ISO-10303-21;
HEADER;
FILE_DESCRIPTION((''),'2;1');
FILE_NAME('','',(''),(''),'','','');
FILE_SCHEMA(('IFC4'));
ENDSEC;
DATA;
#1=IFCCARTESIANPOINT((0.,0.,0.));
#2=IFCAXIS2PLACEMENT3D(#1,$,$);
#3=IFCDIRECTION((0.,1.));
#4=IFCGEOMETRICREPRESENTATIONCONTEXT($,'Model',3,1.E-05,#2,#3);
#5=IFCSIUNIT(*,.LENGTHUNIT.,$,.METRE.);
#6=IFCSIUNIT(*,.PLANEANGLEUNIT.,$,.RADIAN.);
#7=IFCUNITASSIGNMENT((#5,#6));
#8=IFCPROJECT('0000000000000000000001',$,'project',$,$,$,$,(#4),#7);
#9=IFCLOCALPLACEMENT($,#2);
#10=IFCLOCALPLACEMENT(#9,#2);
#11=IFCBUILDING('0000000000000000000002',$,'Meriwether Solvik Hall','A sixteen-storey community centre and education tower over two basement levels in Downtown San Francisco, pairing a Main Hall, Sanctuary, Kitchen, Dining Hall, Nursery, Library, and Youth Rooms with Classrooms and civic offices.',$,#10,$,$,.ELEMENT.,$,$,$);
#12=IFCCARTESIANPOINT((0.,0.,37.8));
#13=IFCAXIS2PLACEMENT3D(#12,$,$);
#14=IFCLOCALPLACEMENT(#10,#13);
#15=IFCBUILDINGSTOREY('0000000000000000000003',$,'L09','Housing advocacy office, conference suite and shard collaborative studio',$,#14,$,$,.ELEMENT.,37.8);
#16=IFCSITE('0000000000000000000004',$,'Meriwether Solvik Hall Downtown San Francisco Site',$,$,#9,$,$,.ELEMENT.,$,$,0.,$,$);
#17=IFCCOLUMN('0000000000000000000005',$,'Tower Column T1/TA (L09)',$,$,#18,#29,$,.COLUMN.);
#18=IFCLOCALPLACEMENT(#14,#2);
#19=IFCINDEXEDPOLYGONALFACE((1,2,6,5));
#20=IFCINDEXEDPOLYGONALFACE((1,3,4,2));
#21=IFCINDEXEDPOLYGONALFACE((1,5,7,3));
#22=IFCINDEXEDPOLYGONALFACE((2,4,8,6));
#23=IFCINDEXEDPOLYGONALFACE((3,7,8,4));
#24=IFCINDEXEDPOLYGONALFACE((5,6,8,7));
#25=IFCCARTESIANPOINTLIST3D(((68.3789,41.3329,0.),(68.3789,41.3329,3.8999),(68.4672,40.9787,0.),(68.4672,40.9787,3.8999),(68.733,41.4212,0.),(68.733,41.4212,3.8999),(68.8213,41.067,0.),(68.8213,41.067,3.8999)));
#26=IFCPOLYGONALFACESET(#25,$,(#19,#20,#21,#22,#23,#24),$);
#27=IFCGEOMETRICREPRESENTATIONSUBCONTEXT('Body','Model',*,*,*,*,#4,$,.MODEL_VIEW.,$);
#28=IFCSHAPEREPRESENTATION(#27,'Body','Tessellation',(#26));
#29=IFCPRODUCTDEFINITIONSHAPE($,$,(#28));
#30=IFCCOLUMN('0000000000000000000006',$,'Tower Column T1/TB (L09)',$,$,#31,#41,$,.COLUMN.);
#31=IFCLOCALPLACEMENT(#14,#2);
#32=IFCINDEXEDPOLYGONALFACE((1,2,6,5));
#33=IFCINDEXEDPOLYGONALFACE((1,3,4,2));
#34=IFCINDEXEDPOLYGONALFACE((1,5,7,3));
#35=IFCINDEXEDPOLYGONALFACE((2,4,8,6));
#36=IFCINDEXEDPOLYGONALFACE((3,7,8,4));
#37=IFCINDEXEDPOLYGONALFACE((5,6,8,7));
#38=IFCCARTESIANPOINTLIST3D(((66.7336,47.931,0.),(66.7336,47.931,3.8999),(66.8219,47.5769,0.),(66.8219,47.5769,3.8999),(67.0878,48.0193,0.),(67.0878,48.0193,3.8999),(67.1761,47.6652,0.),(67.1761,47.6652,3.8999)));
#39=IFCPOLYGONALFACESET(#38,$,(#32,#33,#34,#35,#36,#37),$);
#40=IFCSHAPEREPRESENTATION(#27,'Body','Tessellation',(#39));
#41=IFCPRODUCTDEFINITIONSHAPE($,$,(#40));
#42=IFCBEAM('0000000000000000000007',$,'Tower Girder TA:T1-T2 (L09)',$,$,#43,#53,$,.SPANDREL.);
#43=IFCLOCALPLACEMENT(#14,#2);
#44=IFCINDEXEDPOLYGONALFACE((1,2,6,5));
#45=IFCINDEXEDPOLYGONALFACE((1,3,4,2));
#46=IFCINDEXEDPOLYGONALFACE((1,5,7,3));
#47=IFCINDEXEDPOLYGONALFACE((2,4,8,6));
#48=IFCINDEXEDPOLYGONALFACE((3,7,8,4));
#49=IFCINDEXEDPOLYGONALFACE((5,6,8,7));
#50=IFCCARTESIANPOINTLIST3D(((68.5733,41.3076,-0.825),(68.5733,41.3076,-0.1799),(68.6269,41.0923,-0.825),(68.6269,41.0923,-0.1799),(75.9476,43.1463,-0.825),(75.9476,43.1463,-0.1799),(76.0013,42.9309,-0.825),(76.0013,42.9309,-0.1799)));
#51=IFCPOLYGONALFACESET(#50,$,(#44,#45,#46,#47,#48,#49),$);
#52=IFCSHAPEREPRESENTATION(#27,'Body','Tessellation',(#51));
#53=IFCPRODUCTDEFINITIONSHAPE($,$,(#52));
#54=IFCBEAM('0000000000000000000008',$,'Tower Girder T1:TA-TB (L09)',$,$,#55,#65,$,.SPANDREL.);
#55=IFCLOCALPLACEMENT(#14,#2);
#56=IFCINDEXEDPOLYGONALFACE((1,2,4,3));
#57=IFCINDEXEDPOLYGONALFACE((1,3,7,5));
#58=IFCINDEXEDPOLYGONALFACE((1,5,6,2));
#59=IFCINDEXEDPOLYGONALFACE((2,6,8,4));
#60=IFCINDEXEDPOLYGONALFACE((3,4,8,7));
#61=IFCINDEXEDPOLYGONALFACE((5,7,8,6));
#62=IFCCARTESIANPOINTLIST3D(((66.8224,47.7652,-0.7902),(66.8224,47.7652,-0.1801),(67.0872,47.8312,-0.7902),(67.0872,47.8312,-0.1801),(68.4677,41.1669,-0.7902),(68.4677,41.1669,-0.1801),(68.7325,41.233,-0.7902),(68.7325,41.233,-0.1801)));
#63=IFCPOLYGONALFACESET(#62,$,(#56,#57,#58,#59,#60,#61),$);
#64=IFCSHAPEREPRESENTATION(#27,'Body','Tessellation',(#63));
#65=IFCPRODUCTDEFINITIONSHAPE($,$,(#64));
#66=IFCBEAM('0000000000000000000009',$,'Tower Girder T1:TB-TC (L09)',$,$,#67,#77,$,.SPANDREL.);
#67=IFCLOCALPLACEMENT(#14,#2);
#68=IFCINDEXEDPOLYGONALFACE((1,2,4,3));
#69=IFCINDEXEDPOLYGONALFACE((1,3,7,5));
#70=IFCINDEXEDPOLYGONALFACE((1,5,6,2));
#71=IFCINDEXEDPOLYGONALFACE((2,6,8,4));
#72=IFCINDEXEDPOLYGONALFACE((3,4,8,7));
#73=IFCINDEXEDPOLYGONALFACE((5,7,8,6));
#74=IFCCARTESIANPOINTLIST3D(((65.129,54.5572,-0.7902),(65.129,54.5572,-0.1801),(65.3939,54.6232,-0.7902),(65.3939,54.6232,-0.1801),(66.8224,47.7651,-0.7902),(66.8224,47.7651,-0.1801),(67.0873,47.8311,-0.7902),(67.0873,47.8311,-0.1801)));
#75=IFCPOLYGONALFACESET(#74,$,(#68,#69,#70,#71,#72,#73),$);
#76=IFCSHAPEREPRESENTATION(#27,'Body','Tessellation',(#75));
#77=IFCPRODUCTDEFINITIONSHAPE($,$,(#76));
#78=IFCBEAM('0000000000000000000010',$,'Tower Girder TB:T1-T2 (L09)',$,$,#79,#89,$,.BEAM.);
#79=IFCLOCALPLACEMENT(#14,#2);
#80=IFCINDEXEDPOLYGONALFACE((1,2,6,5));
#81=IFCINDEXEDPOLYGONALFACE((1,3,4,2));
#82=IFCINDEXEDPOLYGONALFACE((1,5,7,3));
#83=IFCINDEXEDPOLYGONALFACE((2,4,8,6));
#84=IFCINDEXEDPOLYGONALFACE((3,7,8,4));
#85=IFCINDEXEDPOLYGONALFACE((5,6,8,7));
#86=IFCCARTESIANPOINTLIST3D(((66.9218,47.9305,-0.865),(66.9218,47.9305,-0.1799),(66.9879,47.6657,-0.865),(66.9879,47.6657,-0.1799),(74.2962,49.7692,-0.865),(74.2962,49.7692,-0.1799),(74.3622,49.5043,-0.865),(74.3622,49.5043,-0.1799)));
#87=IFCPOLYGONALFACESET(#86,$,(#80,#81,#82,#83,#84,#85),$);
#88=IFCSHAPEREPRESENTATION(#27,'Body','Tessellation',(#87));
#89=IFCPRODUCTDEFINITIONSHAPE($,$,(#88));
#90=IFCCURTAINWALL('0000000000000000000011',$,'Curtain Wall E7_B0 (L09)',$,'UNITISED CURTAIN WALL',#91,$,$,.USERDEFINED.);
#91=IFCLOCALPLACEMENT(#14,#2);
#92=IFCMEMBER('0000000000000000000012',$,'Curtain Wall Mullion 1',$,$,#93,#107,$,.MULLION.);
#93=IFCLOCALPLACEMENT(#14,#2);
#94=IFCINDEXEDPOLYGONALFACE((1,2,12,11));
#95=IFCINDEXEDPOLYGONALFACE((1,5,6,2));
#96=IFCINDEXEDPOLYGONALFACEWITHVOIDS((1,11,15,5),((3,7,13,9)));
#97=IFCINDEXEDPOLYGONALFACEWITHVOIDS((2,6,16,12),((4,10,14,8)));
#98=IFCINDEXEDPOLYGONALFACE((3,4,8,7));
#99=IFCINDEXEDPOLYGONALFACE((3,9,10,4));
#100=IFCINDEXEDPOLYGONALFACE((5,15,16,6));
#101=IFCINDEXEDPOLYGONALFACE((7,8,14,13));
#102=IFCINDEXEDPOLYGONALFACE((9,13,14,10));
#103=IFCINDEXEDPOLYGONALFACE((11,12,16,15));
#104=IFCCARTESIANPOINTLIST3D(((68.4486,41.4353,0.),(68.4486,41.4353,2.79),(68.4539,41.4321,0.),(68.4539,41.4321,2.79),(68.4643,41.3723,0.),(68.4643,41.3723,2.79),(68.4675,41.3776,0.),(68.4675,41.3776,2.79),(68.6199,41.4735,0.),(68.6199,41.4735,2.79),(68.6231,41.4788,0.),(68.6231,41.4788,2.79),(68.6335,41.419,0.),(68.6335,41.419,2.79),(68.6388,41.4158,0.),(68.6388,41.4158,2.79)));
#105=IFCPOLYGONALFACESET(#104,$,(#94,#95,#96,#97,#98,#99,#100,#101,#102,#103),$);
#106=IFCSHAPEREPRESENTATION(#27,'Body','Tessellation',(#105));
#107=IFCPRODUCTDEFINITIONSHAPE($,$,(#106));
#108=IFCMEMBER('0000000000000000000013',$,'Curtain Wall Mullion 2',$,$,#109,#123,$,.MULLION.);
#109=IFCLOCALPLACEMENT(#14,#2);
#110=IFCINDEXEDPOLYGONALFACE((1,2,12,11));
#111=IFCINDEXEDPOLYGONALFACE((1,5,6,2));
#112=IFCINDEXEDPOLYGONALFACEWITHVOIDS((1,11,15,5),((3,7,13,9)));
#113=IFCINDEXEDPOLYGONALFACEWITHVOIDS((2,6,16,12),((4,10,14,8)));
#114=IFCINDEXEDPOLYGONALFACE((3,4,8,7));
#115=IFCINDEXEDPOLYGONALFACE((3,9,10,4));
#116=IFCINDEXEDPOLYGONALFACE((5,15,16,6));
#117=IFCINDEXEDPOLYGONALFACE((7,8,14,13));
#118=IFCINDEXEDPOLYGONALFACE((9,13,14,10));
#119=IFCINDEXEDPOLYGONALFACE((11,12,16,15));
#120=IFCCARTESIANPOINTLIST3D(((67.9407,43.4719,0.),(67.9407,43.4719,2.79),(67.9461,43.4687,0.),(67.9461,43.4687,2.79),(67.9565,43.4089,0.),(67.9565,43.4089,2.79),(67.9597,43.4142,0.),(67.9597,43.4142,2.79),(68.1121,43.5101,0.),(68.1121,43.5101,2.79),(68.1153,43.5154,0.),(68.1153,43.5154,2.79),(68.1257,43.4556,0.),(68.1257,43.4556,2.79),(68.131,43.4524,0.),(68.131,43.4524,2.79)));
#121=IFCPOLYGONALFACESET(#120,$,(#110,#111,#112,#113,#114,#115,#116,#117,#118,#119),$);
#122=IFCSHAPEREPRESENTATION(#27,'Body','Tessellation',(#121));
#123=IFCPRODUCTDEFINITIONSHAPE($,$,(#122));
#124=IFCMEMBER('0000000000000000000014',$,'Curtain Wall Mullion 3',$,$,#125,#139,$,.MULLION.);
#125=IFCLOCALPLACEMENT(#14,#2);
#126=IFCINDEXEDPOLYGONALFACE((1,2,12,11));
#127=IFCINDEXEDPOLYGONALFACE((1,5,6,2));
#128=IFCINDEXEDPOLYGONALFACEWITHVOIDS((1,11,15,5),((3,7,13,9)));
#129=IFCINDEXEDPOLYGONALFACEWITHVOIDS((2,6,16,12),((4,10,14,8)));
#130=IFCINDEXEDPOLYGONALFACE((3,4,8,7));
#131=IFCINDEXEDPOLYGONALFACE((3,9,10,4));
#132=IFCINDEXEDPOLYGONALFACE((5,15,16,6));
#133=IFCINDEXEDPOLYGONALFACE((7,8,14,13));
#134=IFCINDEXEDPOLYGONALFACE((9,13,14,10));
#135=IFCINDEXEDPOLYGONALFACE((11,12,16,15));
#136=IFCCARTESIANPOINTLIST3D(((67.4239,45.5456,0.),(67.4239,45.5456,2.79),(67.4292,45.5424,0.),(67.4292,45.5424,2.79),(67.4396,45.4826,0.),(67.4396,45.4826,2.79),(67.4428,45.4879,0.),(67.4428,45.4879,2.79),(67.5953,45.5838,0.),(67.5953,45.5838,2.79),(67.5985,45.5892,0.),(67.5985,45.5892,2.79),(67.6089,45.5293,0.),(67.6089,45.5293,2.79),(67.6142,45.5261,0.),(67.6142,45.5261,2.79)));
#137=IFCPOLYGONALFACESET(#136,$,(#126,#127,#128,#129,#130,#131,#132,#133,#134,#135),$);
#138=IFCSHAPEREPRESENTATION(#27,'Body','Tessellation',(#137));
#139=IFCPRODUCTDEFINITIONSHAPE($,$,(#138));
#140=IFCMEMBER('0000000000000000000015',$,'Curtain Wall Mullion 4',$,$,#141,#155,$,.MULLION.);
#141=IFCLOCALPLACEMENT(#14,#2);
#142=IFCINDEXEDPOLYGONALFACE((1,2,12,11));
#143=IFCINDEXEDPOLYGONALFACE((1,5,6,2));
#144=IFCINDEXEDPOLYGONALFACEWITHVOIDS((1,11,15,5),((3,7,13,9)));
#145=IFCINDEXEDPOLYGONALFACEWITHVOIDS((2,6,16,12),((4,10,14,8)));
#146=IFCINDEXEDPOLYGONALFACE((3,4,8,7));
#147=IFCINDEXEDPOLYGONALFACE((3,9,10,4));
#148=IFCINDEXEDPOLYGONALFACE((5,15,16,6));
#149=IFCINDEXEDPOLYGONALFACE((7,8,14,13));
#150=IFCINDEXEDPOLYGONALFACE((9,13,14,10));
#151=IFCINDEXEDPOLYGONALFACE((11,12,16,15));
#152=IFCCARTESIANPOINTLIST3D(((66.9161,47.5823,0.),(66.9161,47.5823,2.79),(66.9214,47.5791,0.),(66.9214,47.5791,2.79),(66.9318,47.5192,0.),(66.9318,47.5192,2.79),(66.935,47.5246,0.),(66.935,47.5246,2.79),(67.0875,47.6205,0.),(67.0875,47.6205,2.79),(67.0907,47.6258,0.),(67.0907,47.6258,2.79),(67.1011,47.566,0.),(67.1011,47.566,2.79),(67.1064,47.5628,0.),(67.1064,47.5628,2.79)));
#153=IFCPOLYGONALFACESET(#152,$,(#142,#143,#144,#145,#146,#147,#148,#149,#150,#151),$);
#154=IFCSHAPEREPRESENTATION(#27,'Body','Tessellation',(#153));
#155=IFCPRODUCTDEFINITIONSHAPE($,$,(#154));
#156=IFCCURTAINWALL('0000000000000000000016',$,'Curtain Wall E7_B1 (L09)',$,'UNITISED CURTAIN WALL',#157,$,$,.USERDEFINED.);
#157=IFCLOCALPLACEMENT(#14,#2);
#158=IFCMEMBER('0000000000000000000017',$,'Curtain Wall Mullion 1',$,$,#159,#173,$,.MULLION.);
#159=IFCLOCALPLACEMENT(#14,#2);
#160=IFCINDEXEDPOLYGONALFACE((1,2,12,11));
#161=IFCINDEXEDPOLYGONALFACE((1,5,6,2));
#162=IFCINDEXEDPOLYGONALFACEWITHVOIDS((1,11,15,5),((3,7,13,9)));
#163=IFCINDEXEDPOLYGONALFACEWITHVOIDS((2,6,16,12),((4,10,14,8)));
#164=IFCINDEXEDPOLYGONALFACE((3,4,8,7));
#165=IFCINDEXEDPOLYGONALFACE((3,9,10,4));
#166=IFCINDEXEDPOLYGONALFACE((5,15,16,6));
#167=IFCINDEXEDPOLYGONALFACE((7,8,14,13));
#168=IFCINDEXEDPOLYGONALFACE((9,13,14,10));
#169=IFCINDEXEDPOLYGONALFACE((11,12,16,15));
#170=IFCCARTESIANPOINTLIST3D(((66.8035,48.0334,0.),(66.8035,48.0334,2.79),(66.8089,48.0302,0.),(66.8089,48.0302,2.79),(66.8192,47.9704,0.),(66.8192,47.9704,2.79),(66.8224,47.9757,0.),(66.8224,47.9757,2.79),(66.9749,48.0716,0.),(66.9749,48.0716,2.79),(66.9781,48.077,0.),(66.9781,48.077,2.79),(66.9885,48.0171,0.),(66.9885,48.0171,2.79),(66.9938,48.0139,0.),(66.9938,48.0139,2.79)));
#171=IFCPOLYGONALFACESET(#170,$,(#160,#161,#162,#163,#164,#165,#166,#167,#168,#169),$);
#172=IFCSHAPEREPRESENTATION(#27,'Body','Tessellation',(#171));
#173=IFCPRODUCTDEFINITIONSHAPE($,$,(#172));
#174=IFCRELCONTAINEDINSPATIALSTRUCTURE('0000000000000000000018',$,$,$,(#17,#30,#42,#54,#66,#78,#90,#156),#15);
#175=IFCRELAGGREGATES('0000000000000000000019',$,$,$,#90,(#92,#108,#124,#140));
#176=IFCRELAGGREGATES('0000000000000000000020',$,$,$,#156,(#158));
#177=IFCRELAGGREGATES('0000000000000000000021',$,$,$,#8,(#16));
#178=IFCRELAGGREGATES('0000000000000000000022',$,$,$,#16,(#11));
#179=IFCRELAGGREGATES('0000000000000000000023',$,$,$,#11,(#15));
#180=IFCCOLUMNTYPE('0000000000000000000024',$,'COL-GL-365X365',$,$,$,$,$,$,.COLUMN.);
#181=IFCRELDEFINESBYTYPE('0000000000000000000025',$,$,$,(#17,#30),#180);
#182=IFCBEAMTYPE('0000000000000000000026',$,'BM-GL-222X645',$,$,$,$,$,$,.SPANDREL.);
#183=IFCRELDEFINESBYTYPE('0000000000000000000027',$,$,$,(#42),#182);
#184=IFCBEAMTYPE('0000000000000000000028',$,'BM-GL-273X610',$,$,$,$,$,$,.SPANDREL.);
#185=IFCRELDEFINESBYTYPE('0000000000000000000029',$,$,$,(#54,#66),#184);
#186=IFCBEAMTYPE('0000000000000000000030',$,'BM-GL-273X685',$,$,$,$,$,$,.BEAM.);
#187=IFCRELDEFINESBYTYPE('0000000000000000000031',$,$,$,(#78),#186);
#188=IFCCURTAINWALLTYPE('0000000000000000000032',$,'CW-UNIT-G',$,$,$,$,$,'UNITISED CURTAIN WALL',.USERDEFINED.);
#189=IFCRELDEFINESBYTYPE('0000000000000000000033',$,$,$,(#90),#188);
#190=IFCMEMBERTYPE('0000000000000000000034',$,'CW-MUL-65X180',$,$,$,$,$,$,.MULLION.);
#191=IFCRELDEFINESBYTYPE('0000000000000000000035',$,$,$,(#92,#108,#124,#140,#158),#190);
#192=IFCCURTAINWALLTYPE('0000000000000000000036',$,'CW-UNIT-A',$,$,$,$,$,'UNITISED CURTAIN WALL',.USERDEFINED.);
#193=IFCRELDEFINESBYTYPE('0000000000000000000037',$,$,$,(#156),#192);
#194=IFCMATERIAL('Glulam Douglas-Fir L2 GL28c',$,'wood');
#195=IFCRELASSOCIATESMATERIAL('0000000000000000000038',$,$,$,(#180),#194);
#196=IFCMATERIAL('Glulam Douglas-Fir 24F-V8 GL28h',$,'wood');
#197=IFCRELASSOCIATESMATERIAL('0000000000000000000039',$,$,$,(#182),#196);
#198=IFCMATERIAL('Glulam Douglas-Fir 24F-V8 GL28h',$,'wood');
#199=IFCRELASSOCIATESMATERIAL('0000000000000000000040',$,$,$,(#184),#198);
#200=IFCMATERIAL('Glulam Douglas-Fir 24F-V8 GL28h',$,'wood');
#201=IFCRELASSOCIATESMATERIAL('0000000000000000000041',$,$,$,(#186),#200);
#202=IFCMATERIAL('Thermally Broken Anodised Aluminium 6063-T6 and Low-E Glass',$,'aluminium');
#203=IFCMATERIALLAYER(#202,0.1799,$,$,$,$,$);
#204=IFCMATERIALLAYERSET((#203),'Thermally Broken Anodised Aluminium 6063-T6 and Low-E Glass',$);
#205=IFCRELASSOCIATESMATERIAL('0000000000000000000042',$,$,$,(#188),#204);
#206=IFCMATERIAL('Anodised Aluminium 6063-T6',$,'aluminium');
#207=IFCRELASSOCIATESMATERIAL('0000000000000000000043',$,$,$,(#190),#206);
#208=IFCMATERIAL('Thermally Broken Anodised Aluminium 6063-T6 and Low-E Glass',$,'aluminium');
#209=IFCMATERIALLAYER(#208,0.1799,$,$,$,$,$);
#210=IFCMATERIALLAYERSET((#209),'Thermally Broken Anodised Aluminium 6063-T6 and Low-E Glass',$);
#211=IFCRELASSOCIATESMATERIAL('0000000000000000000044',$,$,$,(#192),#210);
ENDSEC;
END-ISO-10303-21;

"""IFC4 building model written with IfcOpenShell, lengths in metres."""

from ifc_helpers import new_model, si_unit, direction, frame, origin, origin_2d, place, context, subcontext, project, spatial, rectangle, hollow_rectangle, extrude, material, layer, layer_set, material_profile, profile_set, type_object, element, aggregate, save


model = new_model("IFC4")

# Units and contexts
model_context = context("Model", 3, precision=1e-05, world=origin(), true_north=direction((0.0, 1.0)))
body_context = subcontext(model_context, "Body", "Model", "MODEL_VIEW")
ifc_project = project(units=[si_unit("LENGTHUNIT", "METRE"), si_unit("PLANEANGLEUNIT", "RADIAN")], contexts=[model_context])

# Site, building, storey
site_placement = place(None, origin())
site = spatial("IfcSite", under=ifc_project, at=site_placement, Name="Meriwether Solvik Hall Downtown San Francisco Site", CompositionType="ELEMENT", RefElevation=0.0)
building_placement = place(site_placement, origin())
building = spatial("IfcBuilding", under=site, at=building_placement, Name="Meriwether Solvik Hall", Description="A sixteen-storey community centre and education tower over two basement levels in Downtown San Francisco, pairing a Main Hall, Sanctuary, Kitchen, Dining Hall, Nursery, Library, and Youth Rooms with Classrooms and civic offices.", CompositionType="ELEMENT")
storey_placement = place(building_placement, frame((0.0, 0.0, 37.8)))
storey = spatial("IfcBuildingStorey", under=building, at=storey_placement, Name="L09", Description="Housing advocacy office, conference suite and shard collaborative studio", CompositionType="ELEMENT", Elevation=37.8)

# Columns
ifc_material_1 = material(Name="Glulam Douglas-Fir L2 GL28c", Category="wood")
ifc_material_profile_1 = material_profile(ifc_material_1, rectangle(XDim=0.365, YDim=0.365, at=origin_2d()), Name="GLC-365X365")
ifc_profile_set_1 = profile_set([ifc_material_profile_1], Name="Glulam Douglas-Fir L2 GL28c")
column_type = type_object("IfcColumnType", Name="COL-GL-365X365", PredefinedType="COLUMN", material=ifc_profile_set_1)
for number, where, z_axis, x_axis, name in (
    (1, (68.6001, 41.2, 0.0), (0.0, 0.0, 1.0), (0.970296, 0.241922, 0.0), "Tower Column T1/TA (L09)"),
    (2, (66.9548, 47.7981, 0.0), (0.0, 0.0, 1.0), (0.970296, 0.241922, 0.0), "Tower Column T1/TB (L09)"),
):
    element("IfcColumn", number, at=place(storey_placement, frame(where, z_axis=z_axis, x_axis=x_axis)), inside=storey, type_object=column_type, Name=name, PredefinedType="COLUMN", context=body_context, shape_type="SweptSolid", body=[
        extrude(rectangle(XDim=0.365, YDim=0.365, at=origin_2d()), origin(), (0.0, 0.0, 1.0), 3.8999),
    ])

# Beams
ifc_material_2 = material(Name="Glulam Douglas-Fir 24F-V8 GL28h", Category="wood")
ifc_material_profile_2 = material_profile(ifc_material_2, rectangle(XDim=0.2219, YDim=0.645, at=origin_2d()), Name="GLB-222X645")
ifc_profile_set_2 = profile_set([ifc_material_profile_2], Name="Glulam Douglas-Fir 24F-V8 GL28h")
beam_type_1 = type_object("IfcBeamType", Name="BM-GL-222X645", PredefinedType="SPANDREL", material=ifc_profile_set_2)
beam_1_placement = place(storey_placement, frame((68.6001, 41.2, -0.5024), z_axis=(0.970295, 0.241923, 0.0), x_axis=(-0.241923, 0.970295, 0.0)))
element("IfcBeam", 3, at=beam_1_placement, inside=storey, type_object=beam_type_1, Name="Tower Girder TA:T1-T2 (L09)", PredefinedType="SPANDREL", context=body_context, shape_type="SweptSolid", body=[
    extrude(rectangle(XDim=0.2219, YDim=0.645, at=origin_2d()), origin(), (0.0, 0.0, 1.0), 7.6001),
])
ifc_material_3 = material(Name="Glulam Douglas-Fir 24F-V8 GL28h", Category="wood")
ifc_material_profile_3 = material_profile(ifc_material_3, rectangle(XDim=0.2729, YDim=0.6101, at=origin_2d()), Name="GLB-273X610")
ifc_profile_set_3 = profile_set([ifc_material_profile_3], Name="Glulam Douglas-Fir 24F-V8 GL28h")
beam_type_2 = type_object("IfcBeamType", Name="BM-GL-273X610", PredefinedType="SPANDREL", material=ifc_profile_set_3)
beam_2_placement = place(storey_placement, frame((68.6001, 41.2, -0.4851), z_axis=(-0.241944, 0.97029, 0.0), x_axis=(-0.97029, -0.241944, 0.0)))
element("IfcBeam", 4, at=beam_2_placement, inside=storey, type_object=beam_type_2, Name="Tower Girder T1:TA-TB (L09)", PredefinedType="SPANDREL", context=body_context, shape_type="SweptSolid", body=[
    extrude(rectangle(XDim=0.2729, YDim=0.6101, at=origin_2d()), origin(), (0.0, 0.0, 1.0), 6.8003),
])
beam_3_placement = place(storey_placement, frame((66.9548, 47.7981, -0.4851), z_axis=(-0.241912, 0.970298, 0.0), x_axis=(-0.970298, -0.241912, 0.0)))
element("IfcBeam", 5, at=beam_3_placement, inside=storey, type_object=beam_type_2, Name="Tower Girder T1:TB-TC (L09)", PredefinedType="SPANDREL", context=body_context, shape_type="SweptSolid", body=[
    extrude(rectangle(XDim=0.2729, YDim=0.6101, at=origin_2d()), origin(), (0.0, 0.0, 1.0), 7.0),
])
ifc_material_4 = material(Name="Glulam Douglas-Fir 24F-V8 GL28h", Category="wood")
ifc_material_profile_4 = material_profile(ifc_material_4, rectangle(XDim=0.2729, YDim=0.6851, at=origin_2d()), Name="GLB-273X685")
ifc_profile_set_4 = profile_set([ifc_material_profile_4], Name="Glulam Douglas-Fir 24F-V8 GL28h")
beam_type_3 = type_object("IfcBeamType", Name="BM-GL-273X685", PredefinedType="BEAM", material=ifc_profile_set_4)
beam_4_placement = place(storey_placement, frame((66.9548, 47.7981, -0.5225), z_axis=(0.970295, 0.241923, 0.0), x_axis=(-0.241923, 0.970295, 0.0)))
element("IfcBeam", 6, at=beam_4_placement, inside=storey, type_object=beam_type_3, Name="Tower Girder TB:T1-T2 (L09)", PredefinedType="BEAM", context=body_context, shape_type="SweptSolid", body=[
    extrude(rectangle(XDim=0.2729, YDim=0.6851, at=origin_2d()), origin(), (0.0, 0.0, 1.0), 7.6001),
])

# Curtain wall, members
ifc_material_5 = material(Name="Thermally Broken Anodised Aluminium 6063-T6 and Low-E Glass", Category="aluminium")
ifc_layer_1 = layer(ifc_material_5, 0.1799)
ifc_layer_set_1 = layer_set([ifc_layer_1], Name="Thermally Broken Anodised Aluminium 6063-T6 and Low-E Glass")
curtain_wall_type_1 = type_object("IfcCurtainWallType", Name="CW-UNIT-G", ElementType="UNITISED CURTAIN WALL", PredefinedType="USERDEFINED", material=ifc_layer_set_1)
curtain_wall_1_placement = place(storey_placement, origin())
curtain_wall_1 = element("IfcCurtainWall", 7, at=curtain_wall_1_placement, inside=storey, type_object=curtain_wall_type_1, Name="Curtain Wall E7_B0 (L09)", ObjectType="UNITISED CURTAIN WALL", PredefinedType="USERDEFINED")
ifc_material_6 = material(Name="Anodised Aluminium 6063-T6", Category="aluminium")
ifc_material_profile_5 = material_profile(ifc_material_6, hollow_rectangle(XDim=0.0649, YDim=0.1799, WallThickness=0.0044, at=origin_2d()), Name="CWM-65X180")
ifc_profile_set_5 = profile_set([ifc_material_profile_5], Name="Anodised Aluminium 6063-T6")
member_type_1 = type_object("IfcMemberType", Name="CW-MUL-65X180", PredefinedType="MULLION", material=ifc_profile_set_5)
member_1_placement = place(storey_placement, frame((68.5437, 41.4255, 0.0), z_axis=(0.0, 0.0, 1.0), x_axis=(-0.241922, 0.970296, 0.0)))
member_1 = element("IfcMember", 8, at=member_1_placement, type_object=member_type_1, Name="Curtain Wall Mullion 1", PredefinedType="MULLION", context=body_context, shape_type="SweptSolid", body=[
    extrude(hollow_rectangle(XDim=0.0649, YDim=0.1799, WallThickness=0.0044, at=origin_2d()), origin(), (0.0, 0.0, 1.0), 2.79),
])
member_2_placement = place(storey_placement, frame((68.0359, 43.4622, 0.0), z_axis=(0.0, 0.0, 1.0), x_axis=(-0.241922, 0.970296, 0.0)))
member_2 = element("IfcMember", 9, at=member_2_placement, type_object=member_type_1, Name="Curtain Wall Mullion 2", PredefinedType="MULLION", context=body_context, shape_type="SweptSolid", body=[
    extrude(hollow_rectangle(XDim=0.0649, YDim=0.1799, WallThickness=0.0044, at=origin_2d()), origin(), (0.0, 0.0, 1.0), 2.79),
])
member_3_placement = place(storey_placement, frame((67.519, 45.5359, 0.0), z_axis=(0.0, 0.0, 1.0), x_axis=(-0.241922, 0.970296, 0.0)))
member_3 = element("IfcMember", 10, at=member_3_placement, type_object=member_type_1, Name="Curtain Wall Mullion 3", PredefinedType="MULLION", context=body_context, shape_type="SweptSolid", body=[
    extrude(hollow_rectangle(XDim=0.0649, YDim=0.1799, WallThickness=0.0044, at=origin_2d()), origin(), (0.0, 0.0, 1.0), 2.79),
])
member_4_placement = place(storey_placement, frame((67.0112, 47.5725, 0.0), z_axis=(0.0, 0.0, 1.0), x_axis=(-0.241922, 0.970296, 0.0)))
member_4 = element("IfcMember", 11, at=member_4_placement, type_object=member_type_1, Name="Curtain Wall Mullion 4", PredefinedType="MULLION", context=body_context, shape_type="SweptSolid", body=[
    extrude(hollow_rectangle(XDim=0.0649, YDim=0.1799, WallThickness=0.0044, at=origin_2d()), origin(), (0.0, 0.0, 1.0), 2.79),
])

# Curtain wall, member
ifc_material_7 = material(Name="Thermally Broken Anodised Aluminium 6063-T6 and Low-E Glass", Category="aluminium")
ifc_layer_2 = layer(ifc_material_7, 0.1799)
ifc_layer_set_2 = layer_set([ifc_layer_2], Name="Thermally Broken Anodised Aluminium 6063-T6 and Low-E Glass")
curtain_wall_type_2 = type_object("IfcCurtainWallType", Name="CW-UNIT-A", ElementType="UNITISED CURTAIN WALL", PredefinedType="USERDEFINED", material=ifc_layer_set_2)
curtain_wall_2_placement = place(storey_placement, origin())
curtain_wall_2 = element("IfcCurtainWall", 12, at=curtain_wall_2_placement, inside=storey, type_object=curtain_wall_type_2, Name="Curtain Wall E7_B1 (L09)", ObjectType="UNITISED CURTAIN WALL", PredefinedType="USERDEFINED")
member_5_placement = place(storey_placement, frame((66.8987, 48.0237, 0.0), z_axis=(0.0, 0.0, 1.0), x_axis=(-0.241922, 0.970296, 0.0)))
member_5 = element("IfcMember", 13, at=member_5_placement, type_object=member_type_1, Name="Curtain Wall Mullion 1", PredefinedType="MULLION", context=body_context, shape_type="SweptSolid", body=[
    extrude(hollow_rectangle(XDim=0.0649, YDim=0.1799, WallThickness=0.0044, at=origin_2d()), origin(), (0.0, 0.0, 1.0), 2.79),
])

aggregate(curtain_wall_1, [member_1, member_2, member_3, member_4])
aggregate(curtain_wall_2, [member_5])

save(model, "model.ifc")
